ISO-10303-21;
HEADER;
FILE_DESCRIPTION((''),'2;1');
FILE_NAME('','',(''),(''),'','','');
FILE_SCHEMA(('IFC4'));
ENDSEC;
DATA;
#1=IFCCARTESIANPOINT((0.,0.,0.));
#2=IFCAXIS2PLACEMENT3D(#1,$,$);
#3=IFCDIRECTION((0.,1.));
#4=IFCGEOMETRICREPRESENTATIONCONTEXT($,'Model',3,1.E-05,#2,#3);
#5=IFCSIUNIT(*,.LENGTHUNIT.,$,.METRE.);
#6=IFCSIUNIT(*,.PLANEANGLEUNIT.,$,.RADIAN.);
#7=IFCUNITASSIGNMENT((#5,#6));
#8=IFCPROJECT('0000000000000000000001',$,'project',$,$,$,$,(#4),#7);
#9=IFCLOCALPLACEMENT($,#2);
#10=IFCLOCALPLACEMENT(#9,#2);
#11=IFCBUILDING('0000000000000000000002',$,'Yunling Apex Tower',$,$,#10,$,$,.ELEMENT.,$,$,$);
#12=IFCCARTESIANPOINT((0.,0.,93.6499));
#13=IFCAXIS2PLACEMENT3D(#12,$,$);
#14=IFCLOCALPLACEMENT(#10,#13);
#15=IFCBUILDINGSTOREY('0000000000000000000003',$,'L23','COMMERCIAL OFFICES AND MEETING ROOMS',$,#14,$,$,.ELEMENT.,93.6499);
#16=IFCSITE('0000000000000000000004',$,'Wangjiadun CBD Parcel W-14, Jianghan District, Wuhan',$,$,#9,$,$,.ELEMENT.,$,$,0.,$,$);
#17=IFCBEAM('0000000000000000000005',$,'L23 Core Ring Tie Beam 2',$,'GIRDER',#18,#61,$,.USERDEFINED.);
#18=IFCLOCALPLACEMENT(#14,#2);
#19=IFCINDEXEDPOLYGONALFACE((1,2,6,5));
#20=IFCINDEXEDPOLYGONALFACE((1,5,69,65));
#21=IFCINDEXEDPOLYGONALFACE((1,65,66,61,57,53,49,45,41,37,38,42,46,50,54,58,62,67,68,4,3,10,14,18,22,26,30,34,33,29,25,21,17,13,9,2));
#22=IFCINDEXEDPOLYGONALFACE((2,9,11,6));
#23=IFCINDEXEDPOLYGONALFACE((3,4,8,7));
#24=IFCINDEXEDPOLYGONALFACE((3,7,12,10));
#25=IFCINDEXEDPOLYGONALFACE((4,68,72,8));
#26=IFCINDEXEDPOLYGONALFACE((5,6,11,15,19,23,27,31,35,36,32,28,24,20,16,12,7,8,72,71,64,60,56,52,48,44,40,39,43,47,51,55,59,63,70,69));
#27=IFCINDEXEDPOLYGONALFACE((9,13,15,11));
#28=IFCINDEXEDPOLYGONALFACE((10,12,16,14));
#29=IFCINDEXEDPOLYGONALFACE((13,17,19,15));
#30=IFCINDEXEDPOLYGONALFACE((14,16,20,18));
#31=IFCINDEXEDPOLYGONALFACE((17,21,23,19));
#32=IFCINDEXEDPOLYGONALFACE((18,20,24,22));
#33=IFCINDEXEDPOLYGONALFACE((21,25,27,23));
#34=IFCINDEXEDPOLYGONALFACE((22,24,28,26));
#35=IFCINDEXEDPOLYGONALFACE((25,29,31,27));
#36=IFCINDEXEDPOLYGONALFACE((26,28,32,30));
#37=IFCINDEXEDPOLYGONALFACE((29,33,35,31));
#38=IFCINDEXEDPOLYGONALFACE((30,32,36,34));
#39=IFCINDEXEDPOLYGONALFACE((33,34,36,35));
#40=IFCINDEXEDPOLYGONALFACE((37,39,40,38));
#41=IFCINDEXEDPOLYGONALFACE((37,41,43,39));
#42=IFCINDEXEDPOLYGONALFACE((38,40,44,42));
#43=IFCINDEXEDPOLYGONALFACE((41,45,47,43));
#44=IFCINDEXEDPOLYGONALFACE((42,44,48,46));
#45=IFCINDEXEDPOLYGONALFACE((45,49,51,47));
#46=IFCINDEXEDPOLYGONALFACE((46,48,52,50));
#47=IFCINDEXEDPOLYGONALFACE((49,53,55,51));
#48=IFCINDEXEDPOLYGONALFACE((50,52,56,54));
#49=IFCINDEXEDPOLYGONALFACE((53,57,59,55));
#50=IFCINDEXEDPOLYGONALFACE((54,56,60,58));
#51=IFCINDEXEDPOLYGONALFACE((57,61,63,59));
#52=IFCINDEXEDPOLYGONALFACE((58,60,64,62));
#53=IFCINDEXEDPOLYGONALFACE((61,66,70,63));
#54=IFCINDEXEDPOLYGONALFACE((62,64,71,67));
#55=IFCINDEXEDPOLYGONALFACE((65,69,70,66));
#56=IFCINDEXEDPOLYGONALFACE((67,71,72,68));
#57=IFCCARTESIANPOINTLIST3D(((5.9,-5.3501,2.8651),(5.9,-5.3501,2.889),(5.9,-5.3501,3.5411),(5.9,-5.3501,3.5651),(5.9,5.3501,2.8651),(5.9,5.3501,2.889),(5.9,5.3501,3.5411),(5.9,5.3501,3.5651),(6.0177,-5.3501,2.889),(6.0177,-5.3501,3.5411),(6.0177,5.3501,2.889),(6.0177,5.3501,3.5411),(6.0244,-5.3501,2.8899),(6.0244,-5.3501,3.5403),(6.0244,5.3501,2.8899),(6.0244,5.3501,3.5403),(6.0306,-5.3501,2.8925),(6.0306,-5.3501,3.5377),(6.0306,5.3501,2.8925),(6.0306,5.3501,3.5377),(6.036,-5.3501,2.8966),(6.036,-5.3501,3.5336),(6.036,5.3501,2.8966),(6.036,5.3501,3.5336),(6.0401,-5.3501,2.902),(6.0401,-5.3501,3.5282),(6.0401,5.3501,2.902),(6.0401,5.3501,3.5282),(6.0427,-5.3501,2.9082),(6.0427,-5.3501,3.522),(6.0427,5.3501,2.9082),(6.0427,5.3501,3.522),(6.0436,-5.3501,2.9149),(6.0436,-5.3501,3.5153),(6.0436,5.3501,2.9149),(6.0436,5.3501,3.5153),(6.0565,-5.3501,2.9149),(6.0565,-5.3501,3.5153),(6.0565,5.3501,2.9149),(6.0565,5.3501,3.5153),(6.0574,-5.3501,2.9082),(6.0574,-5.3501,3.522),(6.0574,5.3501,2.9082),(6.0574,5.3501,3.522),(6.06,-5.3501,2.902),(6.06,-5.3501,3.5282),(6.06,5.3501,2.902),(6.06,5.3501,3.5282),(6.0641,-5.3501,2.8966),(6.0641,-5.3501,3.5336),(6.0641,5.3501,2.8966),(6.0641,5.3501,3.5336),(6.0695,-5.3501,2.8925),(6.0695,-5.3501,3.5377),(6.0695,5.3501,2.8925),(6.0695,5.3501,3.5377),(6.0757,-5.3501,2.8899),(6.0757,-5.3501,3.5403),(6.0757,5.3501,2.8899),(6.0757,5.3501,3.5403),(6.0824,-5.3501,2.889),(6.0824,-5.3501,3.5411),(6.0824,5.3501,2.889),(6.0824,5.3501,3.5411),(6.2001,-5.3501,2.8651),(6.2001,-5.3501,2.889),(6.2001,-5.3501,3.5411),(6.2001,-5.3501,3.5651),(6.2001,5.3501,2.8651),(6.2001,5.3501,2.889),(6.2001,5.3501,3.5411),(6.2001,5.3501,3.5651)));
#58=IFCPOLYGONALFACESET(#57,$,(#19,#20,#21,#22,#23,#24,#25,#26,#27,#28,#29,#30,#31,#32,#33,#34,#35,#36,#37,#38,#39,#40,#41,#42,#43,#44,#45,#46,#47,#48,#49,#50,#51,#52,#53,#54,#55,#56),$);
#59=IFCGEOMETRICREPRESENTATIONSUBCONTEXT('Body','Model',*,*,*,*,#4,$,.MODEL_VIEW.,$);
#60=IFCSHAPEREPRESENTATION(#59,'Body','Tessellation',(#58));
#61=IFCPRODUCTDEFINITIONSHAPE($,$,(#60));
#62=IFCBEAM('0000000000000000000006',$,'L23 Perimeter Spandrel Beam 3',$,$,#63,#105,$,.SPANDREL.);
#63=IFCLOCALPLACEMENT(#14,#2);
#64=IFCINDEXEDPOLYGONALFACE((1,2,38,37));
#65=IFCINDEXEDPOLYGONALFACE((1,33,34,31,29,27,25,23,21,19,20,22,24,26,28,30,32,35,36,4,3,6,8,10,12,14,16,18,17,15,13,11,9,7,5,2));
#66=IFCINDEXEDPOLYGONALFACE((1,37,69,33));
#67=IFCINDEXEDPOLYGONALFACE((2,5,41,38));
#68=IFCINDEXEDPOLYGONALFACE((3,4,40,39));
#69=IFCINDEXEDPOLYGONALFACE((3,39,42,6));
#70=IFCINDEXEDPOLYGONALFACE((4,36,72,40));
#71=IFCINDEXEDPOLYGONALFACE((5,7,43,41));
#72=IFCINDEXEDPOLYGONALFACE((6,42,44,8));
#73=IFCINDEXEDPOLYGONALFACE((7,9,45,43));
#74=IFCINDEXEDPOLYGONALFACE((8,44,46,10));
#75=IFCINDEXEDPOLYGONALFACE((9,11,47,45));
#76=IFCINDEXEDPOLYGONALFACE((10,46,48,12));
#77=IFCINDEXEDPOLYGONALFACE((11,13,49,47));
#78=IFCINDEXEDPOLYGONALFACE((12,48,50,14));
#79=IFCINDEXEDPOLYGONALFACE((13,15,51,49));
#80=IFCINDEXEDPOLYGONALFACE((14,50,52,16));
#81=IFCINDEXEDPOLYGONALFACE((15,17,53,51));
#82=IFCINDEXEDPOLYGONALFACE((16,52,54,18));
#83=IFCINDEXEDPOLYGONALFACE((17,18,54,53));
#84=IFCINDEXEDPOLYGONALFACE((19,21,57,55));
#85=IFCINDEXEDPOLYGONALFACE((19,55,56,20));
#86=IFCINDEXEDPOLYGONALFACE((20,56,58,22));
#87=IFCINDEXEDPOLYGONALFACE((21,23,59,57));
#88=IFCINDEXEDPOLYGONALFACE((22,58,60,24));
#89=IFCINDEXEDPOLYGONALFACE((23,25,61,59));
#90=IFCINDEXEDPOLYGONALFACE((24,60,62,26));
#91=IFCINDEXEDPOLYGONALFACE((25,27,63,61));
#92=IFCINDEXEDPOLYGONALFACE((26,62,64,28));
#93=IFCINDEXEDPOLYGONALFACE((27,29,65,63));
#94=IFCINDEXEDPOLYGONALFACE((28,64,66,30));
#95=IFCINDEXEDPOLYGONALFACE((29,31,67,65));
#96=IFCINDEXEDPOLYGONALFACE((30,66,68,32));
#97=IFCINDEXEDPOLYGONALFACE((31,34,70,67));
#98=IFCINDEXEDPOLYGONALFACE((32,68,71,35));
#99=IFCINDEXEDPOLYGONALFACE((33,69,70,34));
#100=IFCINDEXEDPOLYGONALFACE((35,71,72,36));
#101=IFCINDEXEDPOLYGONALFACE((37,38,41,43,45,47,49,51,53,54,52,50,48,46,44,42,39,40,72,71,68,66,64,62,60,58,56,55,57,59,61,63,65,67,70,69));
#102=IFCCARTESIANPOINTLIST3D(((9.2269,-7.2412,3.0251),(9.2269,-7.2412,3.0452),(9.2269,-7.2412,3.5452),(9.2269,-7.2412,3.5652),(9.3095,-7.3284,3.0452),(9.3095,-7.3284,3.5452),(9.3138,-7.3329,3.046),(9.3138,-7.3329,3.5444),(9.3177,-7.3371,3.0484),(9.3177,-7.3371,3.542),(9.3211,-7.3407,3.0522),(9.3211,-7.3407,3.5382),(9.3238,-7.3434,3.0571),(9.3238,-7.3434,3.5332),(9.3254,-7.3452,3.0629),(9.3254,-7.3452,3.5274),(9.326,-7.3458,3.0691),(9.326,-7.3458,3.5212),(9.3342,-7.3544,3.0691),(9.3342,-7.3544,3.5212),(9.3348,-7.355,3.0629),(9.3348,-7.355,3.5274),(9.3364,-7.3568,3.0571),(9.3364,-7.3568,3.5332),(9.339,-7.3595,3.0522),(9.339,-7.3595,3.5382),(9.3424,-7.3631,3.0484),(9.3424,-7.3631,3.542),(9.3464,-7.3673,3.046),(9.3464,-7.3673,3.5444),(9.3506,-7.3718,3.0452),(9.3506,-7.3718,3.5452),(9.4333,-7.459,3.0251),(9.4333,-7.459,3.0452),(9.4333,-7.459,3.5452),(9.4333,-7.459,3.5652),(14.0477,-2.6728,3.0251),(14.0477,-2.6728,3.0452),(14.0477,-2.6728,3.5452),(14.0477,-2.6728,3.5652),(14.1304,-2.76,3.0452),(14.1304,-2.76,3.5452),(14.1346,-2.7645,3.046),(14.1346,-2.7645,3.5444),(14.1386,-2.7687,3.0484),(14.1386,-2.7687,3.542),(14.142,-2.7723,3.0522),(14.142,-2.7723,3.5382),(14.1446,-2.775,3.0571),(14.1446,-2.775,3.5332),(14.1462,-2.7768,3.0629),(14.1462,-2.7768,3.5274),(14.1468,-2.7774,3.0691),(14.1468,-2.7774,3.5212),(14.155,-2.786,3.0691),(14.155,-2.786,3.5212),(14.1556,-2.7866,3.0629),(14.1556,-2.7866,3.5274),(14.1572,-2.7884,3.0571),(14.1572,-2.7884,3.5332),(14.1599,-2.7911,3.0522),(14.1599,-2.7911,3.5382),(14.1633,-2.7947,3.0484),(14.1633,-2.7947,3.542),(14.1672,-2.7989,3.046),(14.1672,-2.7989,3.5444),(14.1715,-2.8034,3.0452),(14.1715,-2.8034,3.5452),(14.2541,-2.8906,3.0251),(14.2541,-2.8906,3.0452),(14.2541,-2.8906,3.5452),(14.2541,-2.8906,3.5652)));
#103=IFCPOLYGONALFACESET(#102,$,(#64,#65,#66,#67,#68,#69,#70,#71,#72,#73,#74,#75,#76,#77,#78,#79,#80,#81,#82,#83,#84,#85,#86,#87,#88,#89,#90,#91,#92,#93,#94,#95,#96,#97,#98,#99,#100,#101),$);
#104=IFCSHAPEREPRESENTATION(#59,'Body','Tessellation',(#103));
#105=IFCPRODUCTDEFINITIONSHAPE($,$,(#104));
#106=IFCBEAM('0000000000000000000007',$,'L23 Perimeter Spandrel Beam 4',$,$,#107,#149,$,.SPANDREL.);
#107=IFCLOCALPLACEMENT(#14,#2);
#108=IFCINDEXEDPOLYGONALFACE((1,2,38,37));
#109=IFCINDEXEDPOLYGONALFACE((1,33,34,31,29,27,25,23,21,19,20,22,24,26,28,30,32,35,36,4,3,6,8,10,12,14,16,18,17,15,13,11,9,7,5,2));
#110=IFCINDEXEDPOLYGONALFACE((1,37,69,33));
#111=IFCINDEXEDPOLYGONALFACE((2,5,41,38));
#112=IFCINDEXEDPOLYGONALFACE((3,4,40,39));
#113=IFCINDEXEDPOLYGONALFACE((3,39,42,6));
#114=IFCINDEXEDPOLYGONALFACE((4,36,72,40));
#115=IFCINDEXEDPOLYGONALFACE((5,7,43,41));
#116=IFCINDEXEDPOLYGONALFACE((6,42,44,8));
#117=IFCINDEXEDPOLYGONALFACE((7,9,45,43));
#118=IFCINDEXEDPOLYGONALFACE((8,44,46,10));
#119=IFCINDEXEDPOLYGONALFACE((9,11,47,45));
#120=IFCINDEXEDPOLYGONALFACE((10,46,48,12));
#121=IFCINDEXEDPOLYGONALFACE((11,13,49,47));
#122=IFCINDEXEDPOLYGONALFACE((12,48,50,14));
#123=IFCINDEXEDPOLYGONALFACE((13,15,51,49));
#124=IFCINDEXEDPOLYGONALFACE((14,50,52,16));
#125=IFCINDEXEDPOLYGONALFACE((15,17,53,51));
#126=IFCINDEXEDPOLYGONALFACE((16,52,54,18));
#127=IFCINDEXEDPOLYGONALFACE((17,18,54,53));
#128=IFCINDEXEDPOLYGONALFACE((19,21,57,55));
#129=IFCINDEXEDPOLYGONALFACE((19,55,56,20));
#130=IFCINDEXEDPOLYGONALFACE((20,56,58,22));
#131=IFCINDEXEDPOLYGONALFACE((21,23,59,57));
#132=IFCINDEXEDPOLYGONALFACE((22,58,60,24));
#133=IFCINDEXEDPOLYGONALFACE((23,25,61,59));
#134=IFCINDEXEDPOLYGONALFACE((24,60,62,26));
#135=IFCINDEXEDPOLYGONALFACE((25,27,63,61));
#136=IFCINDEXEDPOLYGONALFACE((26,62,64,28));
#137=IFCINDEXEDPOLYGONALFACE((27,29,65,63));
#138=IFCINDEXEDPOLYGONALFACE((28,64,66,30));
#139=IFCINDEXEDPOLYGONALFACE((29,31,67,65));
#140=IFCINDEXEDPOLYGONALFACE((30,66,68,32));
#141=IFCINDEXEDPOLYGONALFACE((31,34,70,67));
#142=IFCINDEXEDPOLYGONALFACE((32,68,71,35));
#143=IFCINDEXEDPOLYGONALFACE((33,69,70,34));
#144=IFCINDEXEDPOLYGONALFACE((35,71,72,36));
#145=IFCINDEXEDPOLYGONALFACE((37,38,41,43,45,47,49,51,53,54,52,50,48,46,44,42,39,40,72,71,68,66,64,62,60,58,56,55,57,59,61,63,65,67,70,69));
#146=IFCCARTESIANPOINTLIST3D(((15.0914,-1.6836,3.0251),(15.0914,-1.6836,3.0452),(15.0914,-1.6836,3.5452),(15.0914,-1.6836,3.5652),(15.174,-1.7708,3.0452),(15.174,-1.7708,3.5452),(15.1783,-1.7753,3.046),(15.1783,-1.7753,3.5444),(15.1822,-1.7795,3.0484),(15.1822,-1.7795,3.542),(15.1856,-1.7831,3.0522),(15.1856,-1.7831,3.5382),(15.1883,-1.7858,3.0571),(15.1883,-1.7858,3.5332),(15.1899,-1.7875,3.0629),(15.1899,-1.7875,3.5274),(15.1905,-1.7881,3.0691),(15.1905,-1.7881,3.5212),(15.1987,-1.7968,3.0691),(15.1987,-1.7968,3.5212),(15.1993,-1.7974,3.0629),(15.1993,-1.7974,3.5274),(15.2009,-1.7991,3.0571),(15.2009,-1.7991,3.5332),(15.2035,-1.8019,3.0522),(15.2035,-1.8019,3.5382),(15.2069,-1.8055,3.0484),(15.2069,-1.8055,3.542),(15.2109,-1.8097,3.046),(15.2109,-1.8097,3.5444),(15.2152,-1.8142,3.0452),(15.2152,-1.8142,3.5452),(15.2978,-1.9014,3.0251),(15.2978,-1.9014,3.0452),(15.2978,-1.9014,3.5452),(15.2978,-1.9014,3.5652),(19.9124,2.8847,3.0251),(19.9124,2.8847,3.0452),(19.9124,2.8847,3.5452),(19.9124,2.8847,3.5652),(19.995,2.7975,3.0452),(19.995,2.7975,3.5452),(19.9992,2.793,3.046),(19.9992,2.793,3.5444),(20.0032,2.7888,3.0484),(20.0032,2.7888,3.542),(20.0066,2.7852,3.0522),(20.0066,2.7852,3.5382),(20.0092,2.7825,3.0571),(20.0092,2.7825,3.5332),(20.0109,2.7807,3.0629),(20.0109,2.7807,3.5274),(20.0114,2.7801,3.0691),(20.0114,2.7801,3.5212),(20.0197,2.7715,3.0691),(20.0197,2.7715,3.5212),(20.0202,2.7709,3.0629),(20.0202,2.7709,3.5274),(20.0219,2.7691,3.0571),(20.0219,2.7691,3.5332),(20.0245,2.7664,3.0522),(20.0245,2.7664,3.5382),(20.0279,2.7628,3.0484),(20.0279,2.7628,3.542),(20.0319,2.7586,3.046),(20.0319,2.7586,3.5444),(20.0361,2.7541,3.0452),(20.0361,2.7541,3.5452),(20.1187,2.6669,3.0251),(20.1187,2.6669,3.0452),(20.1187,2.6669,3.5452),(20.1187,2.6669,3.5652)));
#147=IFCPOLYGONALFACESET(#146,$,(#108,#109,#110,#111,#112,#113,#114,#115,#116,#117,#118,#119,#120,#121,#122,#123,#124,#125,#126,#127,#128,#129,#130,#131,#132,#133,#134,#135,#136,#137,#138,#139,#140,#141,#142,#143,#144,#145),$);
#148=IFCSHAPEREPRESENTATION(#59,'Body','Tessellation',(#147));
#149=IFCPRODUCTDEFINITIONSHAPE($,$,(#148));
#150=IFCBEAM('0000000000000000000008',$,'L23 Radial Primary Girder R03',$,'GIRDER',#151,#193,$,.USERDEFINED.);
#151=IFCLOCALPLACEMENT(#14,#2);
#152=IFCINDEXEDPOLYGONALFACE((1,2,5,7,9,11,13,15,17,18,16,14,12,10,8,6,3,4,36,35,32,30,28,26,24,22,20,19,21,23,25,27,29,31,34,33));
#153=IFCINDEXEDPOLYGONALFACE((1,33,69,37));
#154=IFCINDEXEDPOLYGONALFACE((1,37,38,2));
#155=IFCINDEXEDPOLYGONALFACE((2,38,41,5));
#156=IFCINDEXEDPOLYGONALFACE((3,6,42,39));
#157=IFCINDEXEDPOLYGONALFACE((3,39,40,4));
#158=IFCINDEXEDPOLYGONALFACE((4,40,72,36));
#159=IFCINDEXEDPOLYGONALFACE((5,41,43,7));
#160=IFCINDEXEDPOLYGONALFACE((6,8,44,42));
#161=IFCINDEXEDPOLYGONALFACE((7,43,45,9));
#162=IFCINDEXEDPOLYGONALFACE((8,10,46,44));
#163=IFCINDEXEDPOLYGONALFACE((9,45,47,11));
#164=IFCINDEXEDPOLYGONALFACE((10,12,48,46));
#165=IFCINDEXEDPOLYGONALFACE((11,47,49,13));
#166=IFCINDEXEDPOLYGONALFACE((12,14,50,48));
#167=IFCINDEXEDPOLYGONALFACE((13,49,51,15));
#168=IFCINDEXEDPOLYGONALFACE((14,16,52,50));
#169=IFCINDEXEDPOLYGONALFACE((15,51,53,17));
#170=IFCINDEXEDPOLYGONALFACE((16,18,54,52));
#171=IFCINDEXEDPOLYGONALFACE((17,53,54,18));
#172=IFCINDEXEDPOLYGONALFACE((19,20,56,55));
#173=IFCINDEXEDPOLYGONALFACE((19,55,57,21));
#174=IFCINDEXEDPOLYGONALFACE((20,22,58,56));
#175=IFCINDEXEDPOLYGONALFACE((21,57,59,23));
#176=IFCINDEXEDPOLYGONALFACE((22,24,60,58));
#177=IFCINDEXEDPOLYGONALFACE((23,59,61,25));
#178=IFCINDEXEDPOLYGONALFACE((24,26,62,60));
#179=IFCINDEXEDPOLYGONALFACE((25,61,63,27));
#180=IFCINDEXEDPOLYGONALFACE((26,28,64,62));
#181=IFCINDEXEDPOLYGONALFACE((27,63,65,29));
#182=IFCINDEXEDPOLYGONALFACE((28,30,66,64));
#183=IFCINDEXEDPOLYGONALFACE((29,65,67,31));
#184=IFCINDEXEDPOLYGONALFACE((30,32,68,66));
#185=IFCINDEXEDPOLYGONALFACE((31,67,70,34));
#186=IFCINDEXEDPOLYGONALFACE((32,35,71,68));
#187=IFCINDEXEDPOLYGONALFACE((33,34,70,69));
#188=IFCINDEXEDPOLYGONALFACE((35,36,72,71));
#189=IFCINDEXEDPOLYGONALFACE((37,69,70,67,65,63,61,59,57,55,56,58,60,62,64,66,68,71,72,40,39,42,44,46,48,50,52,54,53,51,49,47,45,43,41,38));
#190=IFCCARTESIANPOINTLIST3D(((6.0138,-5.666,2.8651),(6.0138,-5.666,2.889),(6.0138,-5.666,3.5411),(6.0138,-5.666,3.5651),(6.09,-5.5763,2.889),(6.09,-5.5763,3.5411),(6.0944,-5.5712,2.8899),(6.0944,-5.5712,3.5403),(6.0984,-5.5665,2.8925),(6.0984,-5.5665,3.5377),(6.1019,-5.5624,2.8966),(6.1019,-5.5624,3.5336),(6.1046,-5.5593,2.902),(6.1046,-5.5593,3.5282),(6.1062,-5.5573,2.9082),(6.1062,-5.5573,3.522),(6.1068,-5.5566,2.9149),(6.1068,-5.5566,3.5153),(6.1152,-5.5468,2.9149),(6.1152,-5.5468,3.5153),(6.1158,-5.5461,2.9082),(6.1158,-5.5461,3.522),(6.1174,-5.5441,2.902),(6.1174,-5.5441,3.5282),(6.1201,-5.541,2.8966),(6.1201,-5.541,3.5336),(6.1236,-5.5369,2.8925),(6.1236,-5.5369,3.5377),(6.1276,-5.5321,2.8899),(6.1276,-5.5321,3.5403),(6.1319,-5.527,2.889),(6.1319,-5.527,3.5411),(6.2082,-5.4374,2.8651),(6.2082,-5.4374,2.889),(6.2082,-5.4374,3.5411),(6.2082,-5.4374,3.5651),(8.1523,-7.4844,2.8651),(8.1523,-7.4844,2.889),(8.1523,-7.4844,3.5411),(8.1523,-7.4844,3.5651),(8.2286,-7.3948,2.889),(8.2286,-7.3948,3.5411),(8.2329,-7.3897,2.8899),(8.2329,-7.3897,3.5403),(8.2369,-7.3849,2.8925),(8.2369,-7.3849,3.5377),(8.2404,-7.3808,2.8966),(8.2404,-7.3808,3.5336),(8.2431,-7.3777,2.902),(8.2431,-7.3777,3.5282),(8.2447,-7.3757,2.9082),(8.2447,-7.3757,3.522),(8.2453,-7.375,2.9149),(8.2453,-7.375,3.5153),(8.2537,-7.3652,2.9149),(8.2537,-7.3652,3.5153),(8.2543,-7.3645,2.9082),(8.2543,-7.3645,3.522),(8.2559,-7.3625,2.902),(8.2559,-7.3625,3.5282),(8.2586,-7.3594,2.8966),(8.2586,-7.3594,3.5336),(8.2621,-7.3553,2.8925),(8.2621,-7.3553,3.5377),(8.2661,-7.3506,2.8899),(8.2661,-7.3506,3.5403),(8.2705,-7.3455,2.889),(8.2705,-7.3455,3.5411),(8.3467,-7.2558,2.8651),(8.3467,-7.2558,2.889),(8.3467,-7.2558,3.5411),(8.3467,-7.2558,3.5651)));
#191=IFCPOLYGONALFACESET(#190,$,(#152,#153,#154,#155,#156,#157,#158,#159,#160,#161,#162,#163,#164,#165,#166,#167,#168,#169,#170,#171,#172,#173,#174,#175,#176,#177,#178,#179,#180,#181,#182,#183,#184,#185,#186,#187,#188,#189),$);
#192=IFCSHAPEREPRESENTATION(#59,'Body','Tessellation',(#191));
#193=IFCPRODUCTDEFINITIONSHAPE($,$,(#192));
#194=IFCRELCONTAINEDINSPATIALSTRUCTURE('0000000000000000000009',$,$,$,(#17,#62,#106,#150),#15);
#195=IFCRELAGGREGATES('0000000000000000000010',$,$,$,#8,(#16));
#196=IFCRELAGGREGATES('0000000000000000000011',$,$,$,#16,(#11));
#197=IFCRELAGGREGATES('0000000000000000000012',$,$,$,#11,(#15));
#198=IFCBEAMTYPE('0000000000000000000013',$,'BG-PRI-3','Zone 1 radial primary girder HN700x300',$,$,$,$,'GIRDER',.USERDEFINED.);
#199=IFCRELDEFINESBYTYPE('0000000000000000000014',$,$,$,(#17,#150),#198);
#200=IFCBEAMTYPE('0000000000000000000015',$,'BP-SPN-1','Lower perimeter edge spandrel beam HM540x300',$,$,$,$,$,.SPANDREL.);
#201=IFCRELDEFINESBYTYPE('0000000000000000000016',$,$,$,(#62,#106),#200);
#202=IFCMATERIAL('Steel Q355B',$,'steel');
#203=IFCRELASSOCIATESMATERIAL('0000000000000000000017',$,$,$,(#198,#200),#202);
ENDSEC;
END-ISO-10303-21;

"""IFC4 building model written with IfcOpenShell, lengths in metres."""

from ifc_helpers import new_model, si_unit, direction, frame, origin, origin_2d, place, context, subcontext, project, spatial, i_section, extrude, source, transform, mapped, material, material_profile, profile_set, type_object, element, save


model = new_model("IFC4")

# Units and contexts
model_context = context("Model", 3, precision=1e-05, world=origin(), true_north=direction((0.0, 1.0)))
body_context = subcontext(model_context, "Body", "Model", "MODEL_VIEW")
ifc_project = project(units=[si_unit("LENGTHUNIT", "METRE"), si_unit("PLANEANGLEUNIT", "RADIAN")], contexts=[model_context])

# Site, building, storey
site_placement = place(None, origin())
site = spatial("IfcSite", under=ifc_project, at=site_placement, Name="Wangjiadun CBD Parcel W-14, Jianghan District, Wuhan", CompositionType="ELEMENT", RefElevation=0.0)
building_placement = place(site_placement, origin())
building = spatial("IfcBuilding", under=site, at=building_placement, Name="Yunling Apex Tower", CompositionType="ELEMENT")
storey_placement = place(building_placement, frame((0.0, 0.0, 93.6499)))
storey = spatial("IfcBuildingStorey", under=building, at=storey_placement, Name="L23", Description="COMMERCIAL OFFICES AND MEETING ROOMS", CompositionType="ELEMENT", Elevation=93.6499)

# Beams
ifc_material_1 = material(Name="Steel Q355B", Category="steel")
ifc_material_profile_1 = material_profile(ifc_material_1, i_section(OverallWidth=0.3, OverallDepth=0.7, WebThickness=0.0129, FlangeThickness=0.0239, FilletRadius=0.0259, at=origin_2d()))
ifc_profile_set_1 = profile_set([ifc_material_profile_1], Name="Steel Q355B")
beam_type_1 = type_object("IfcBeamType", Name="BG-PRI-3", Description="Zone 1 radial primary girder HN700x300", ElementType="GIRDER", PredefinedType="USERDEFINED", material=ifc_profile_set_1)
shared_shape_1 = source(origin(), body_context, "Body", "SweptSolid", [
    extrude(i_section(OverallWidth=0.3, OverallDepth=0.7, WebThickness=0.0129, FlangeThickness=0.0239, FilletRadius=0.0259, at=origin_2d()), origin(), (0.0, 0.0, 1.0), 10.7002),
])
beam_1_placement = place(storey_placement, frame((6.05, -5.3501, 3.2151), z_axis=(0.0, 1.0, 0.0), x_axis=(-1.0, 0.0, 0.0)))
element("IfcBeam", 1, at=beam_1_placement, inside=storey, type_object=beam_type_1, Name="L23 Core Ring Tie Beam 2", ObjectType="GIRDER", PredefinedType="USERDEFINED", context=body_context, shape_type="MappedRepresentation", body=[
    mapped(shared_shape_1, transform((0.0, 0.0, 0.0), scale=1.0)),
])
ifc_material_profile_2 = material_profile(ifc_material_1, i_section(OverallWidth=0.3, OverallDepth=0.54, WebThickness=0.012, FlangeThickness=0.02, FilletRadius=0.0239, at=origin_2d()))
ifc_profile_set_2 = profile_set([ifc_material_profile_2], Name="Steel Q355B")
beam_type_2 = type_object("IfcBeamType", Name="BP-SPN-1", Description="Lower perimeter edge spandrel beam HM540x300", PredefinedType="SPANDREL", material=ifc_profile_set_2)
shared_shape_2 = source(origin(), body_context, "Body", "SweptSolid", [
    extrude(i_section(OverallWidth=0.3, OverallDepth=0.54, WebThickness=0.012, FlangeThickness=0.02, FilletRadius=0.0239, at=origin_2d()), origin(), (0.0, 0.0, 1.0), 6.6416),
])
for number, where, z_axis, x_axis, name in (
    (2, (9.3301, -7.3501, 3.2952), (0.725856, 0.687847, 0.0), (-0.687847, 0.725856, 0.0), "L23 Perimeter Spandrel Beam 3"),
    (3, (15.1946, -1.7925, 3.2952), (0.725873, 0.687828, 0.0), (-0.687828, 0.725873, 0.0), "L23 Perimeter Spandrel Beam 4"),
):
    element("IfcBeam", number, at=place(storey_placement, frame(where, z_axis=z_axis, x_axis=x_axis)), inside=storey, type_object=beam_type_2, Name=name, PredefinedType="SPANDREL", context=body_context, shape_type="MappedRepresentation", body=[
        mapped(shared_shape_2, transform((0.0, 0.0, 0.0), scale=1.0)),
    ])
shared_shape_3 = source(origin(), body_context, "Body", "SweptSolid", [
    extrude(i_section(OverallWidth=0.3, OverallDepth=0.7, WebThickness=0.0129, FlangeThickness=0.0239, FilletRadius=0.0259, at=origin_2d()), origin(), (0.0, 0.0, 1.0), 2.8071),
])
beam_2_placement = place(storey_placement, frame((8.2495, -7.3701, 3.2151), z_axis=(-0.761817, 0.647792, 0.0), x_axis=(-0.647792, -0.761817, 0.0)))
element("IfcBeam", 4, at=beam_2_placement, inside=storey, type_object=beam_type_1, Name="L23 Radial Primary Girder R03", ObjectType="GIRDER", PredefinedType="USERDEFINED", context=body_context, shape_type="MappedRepresentation", body=[
    mapped(shared_shape_3, transform((0.0, 0.0, 0.0), scale=1.0)),
])

save(model, "model.ifc")
